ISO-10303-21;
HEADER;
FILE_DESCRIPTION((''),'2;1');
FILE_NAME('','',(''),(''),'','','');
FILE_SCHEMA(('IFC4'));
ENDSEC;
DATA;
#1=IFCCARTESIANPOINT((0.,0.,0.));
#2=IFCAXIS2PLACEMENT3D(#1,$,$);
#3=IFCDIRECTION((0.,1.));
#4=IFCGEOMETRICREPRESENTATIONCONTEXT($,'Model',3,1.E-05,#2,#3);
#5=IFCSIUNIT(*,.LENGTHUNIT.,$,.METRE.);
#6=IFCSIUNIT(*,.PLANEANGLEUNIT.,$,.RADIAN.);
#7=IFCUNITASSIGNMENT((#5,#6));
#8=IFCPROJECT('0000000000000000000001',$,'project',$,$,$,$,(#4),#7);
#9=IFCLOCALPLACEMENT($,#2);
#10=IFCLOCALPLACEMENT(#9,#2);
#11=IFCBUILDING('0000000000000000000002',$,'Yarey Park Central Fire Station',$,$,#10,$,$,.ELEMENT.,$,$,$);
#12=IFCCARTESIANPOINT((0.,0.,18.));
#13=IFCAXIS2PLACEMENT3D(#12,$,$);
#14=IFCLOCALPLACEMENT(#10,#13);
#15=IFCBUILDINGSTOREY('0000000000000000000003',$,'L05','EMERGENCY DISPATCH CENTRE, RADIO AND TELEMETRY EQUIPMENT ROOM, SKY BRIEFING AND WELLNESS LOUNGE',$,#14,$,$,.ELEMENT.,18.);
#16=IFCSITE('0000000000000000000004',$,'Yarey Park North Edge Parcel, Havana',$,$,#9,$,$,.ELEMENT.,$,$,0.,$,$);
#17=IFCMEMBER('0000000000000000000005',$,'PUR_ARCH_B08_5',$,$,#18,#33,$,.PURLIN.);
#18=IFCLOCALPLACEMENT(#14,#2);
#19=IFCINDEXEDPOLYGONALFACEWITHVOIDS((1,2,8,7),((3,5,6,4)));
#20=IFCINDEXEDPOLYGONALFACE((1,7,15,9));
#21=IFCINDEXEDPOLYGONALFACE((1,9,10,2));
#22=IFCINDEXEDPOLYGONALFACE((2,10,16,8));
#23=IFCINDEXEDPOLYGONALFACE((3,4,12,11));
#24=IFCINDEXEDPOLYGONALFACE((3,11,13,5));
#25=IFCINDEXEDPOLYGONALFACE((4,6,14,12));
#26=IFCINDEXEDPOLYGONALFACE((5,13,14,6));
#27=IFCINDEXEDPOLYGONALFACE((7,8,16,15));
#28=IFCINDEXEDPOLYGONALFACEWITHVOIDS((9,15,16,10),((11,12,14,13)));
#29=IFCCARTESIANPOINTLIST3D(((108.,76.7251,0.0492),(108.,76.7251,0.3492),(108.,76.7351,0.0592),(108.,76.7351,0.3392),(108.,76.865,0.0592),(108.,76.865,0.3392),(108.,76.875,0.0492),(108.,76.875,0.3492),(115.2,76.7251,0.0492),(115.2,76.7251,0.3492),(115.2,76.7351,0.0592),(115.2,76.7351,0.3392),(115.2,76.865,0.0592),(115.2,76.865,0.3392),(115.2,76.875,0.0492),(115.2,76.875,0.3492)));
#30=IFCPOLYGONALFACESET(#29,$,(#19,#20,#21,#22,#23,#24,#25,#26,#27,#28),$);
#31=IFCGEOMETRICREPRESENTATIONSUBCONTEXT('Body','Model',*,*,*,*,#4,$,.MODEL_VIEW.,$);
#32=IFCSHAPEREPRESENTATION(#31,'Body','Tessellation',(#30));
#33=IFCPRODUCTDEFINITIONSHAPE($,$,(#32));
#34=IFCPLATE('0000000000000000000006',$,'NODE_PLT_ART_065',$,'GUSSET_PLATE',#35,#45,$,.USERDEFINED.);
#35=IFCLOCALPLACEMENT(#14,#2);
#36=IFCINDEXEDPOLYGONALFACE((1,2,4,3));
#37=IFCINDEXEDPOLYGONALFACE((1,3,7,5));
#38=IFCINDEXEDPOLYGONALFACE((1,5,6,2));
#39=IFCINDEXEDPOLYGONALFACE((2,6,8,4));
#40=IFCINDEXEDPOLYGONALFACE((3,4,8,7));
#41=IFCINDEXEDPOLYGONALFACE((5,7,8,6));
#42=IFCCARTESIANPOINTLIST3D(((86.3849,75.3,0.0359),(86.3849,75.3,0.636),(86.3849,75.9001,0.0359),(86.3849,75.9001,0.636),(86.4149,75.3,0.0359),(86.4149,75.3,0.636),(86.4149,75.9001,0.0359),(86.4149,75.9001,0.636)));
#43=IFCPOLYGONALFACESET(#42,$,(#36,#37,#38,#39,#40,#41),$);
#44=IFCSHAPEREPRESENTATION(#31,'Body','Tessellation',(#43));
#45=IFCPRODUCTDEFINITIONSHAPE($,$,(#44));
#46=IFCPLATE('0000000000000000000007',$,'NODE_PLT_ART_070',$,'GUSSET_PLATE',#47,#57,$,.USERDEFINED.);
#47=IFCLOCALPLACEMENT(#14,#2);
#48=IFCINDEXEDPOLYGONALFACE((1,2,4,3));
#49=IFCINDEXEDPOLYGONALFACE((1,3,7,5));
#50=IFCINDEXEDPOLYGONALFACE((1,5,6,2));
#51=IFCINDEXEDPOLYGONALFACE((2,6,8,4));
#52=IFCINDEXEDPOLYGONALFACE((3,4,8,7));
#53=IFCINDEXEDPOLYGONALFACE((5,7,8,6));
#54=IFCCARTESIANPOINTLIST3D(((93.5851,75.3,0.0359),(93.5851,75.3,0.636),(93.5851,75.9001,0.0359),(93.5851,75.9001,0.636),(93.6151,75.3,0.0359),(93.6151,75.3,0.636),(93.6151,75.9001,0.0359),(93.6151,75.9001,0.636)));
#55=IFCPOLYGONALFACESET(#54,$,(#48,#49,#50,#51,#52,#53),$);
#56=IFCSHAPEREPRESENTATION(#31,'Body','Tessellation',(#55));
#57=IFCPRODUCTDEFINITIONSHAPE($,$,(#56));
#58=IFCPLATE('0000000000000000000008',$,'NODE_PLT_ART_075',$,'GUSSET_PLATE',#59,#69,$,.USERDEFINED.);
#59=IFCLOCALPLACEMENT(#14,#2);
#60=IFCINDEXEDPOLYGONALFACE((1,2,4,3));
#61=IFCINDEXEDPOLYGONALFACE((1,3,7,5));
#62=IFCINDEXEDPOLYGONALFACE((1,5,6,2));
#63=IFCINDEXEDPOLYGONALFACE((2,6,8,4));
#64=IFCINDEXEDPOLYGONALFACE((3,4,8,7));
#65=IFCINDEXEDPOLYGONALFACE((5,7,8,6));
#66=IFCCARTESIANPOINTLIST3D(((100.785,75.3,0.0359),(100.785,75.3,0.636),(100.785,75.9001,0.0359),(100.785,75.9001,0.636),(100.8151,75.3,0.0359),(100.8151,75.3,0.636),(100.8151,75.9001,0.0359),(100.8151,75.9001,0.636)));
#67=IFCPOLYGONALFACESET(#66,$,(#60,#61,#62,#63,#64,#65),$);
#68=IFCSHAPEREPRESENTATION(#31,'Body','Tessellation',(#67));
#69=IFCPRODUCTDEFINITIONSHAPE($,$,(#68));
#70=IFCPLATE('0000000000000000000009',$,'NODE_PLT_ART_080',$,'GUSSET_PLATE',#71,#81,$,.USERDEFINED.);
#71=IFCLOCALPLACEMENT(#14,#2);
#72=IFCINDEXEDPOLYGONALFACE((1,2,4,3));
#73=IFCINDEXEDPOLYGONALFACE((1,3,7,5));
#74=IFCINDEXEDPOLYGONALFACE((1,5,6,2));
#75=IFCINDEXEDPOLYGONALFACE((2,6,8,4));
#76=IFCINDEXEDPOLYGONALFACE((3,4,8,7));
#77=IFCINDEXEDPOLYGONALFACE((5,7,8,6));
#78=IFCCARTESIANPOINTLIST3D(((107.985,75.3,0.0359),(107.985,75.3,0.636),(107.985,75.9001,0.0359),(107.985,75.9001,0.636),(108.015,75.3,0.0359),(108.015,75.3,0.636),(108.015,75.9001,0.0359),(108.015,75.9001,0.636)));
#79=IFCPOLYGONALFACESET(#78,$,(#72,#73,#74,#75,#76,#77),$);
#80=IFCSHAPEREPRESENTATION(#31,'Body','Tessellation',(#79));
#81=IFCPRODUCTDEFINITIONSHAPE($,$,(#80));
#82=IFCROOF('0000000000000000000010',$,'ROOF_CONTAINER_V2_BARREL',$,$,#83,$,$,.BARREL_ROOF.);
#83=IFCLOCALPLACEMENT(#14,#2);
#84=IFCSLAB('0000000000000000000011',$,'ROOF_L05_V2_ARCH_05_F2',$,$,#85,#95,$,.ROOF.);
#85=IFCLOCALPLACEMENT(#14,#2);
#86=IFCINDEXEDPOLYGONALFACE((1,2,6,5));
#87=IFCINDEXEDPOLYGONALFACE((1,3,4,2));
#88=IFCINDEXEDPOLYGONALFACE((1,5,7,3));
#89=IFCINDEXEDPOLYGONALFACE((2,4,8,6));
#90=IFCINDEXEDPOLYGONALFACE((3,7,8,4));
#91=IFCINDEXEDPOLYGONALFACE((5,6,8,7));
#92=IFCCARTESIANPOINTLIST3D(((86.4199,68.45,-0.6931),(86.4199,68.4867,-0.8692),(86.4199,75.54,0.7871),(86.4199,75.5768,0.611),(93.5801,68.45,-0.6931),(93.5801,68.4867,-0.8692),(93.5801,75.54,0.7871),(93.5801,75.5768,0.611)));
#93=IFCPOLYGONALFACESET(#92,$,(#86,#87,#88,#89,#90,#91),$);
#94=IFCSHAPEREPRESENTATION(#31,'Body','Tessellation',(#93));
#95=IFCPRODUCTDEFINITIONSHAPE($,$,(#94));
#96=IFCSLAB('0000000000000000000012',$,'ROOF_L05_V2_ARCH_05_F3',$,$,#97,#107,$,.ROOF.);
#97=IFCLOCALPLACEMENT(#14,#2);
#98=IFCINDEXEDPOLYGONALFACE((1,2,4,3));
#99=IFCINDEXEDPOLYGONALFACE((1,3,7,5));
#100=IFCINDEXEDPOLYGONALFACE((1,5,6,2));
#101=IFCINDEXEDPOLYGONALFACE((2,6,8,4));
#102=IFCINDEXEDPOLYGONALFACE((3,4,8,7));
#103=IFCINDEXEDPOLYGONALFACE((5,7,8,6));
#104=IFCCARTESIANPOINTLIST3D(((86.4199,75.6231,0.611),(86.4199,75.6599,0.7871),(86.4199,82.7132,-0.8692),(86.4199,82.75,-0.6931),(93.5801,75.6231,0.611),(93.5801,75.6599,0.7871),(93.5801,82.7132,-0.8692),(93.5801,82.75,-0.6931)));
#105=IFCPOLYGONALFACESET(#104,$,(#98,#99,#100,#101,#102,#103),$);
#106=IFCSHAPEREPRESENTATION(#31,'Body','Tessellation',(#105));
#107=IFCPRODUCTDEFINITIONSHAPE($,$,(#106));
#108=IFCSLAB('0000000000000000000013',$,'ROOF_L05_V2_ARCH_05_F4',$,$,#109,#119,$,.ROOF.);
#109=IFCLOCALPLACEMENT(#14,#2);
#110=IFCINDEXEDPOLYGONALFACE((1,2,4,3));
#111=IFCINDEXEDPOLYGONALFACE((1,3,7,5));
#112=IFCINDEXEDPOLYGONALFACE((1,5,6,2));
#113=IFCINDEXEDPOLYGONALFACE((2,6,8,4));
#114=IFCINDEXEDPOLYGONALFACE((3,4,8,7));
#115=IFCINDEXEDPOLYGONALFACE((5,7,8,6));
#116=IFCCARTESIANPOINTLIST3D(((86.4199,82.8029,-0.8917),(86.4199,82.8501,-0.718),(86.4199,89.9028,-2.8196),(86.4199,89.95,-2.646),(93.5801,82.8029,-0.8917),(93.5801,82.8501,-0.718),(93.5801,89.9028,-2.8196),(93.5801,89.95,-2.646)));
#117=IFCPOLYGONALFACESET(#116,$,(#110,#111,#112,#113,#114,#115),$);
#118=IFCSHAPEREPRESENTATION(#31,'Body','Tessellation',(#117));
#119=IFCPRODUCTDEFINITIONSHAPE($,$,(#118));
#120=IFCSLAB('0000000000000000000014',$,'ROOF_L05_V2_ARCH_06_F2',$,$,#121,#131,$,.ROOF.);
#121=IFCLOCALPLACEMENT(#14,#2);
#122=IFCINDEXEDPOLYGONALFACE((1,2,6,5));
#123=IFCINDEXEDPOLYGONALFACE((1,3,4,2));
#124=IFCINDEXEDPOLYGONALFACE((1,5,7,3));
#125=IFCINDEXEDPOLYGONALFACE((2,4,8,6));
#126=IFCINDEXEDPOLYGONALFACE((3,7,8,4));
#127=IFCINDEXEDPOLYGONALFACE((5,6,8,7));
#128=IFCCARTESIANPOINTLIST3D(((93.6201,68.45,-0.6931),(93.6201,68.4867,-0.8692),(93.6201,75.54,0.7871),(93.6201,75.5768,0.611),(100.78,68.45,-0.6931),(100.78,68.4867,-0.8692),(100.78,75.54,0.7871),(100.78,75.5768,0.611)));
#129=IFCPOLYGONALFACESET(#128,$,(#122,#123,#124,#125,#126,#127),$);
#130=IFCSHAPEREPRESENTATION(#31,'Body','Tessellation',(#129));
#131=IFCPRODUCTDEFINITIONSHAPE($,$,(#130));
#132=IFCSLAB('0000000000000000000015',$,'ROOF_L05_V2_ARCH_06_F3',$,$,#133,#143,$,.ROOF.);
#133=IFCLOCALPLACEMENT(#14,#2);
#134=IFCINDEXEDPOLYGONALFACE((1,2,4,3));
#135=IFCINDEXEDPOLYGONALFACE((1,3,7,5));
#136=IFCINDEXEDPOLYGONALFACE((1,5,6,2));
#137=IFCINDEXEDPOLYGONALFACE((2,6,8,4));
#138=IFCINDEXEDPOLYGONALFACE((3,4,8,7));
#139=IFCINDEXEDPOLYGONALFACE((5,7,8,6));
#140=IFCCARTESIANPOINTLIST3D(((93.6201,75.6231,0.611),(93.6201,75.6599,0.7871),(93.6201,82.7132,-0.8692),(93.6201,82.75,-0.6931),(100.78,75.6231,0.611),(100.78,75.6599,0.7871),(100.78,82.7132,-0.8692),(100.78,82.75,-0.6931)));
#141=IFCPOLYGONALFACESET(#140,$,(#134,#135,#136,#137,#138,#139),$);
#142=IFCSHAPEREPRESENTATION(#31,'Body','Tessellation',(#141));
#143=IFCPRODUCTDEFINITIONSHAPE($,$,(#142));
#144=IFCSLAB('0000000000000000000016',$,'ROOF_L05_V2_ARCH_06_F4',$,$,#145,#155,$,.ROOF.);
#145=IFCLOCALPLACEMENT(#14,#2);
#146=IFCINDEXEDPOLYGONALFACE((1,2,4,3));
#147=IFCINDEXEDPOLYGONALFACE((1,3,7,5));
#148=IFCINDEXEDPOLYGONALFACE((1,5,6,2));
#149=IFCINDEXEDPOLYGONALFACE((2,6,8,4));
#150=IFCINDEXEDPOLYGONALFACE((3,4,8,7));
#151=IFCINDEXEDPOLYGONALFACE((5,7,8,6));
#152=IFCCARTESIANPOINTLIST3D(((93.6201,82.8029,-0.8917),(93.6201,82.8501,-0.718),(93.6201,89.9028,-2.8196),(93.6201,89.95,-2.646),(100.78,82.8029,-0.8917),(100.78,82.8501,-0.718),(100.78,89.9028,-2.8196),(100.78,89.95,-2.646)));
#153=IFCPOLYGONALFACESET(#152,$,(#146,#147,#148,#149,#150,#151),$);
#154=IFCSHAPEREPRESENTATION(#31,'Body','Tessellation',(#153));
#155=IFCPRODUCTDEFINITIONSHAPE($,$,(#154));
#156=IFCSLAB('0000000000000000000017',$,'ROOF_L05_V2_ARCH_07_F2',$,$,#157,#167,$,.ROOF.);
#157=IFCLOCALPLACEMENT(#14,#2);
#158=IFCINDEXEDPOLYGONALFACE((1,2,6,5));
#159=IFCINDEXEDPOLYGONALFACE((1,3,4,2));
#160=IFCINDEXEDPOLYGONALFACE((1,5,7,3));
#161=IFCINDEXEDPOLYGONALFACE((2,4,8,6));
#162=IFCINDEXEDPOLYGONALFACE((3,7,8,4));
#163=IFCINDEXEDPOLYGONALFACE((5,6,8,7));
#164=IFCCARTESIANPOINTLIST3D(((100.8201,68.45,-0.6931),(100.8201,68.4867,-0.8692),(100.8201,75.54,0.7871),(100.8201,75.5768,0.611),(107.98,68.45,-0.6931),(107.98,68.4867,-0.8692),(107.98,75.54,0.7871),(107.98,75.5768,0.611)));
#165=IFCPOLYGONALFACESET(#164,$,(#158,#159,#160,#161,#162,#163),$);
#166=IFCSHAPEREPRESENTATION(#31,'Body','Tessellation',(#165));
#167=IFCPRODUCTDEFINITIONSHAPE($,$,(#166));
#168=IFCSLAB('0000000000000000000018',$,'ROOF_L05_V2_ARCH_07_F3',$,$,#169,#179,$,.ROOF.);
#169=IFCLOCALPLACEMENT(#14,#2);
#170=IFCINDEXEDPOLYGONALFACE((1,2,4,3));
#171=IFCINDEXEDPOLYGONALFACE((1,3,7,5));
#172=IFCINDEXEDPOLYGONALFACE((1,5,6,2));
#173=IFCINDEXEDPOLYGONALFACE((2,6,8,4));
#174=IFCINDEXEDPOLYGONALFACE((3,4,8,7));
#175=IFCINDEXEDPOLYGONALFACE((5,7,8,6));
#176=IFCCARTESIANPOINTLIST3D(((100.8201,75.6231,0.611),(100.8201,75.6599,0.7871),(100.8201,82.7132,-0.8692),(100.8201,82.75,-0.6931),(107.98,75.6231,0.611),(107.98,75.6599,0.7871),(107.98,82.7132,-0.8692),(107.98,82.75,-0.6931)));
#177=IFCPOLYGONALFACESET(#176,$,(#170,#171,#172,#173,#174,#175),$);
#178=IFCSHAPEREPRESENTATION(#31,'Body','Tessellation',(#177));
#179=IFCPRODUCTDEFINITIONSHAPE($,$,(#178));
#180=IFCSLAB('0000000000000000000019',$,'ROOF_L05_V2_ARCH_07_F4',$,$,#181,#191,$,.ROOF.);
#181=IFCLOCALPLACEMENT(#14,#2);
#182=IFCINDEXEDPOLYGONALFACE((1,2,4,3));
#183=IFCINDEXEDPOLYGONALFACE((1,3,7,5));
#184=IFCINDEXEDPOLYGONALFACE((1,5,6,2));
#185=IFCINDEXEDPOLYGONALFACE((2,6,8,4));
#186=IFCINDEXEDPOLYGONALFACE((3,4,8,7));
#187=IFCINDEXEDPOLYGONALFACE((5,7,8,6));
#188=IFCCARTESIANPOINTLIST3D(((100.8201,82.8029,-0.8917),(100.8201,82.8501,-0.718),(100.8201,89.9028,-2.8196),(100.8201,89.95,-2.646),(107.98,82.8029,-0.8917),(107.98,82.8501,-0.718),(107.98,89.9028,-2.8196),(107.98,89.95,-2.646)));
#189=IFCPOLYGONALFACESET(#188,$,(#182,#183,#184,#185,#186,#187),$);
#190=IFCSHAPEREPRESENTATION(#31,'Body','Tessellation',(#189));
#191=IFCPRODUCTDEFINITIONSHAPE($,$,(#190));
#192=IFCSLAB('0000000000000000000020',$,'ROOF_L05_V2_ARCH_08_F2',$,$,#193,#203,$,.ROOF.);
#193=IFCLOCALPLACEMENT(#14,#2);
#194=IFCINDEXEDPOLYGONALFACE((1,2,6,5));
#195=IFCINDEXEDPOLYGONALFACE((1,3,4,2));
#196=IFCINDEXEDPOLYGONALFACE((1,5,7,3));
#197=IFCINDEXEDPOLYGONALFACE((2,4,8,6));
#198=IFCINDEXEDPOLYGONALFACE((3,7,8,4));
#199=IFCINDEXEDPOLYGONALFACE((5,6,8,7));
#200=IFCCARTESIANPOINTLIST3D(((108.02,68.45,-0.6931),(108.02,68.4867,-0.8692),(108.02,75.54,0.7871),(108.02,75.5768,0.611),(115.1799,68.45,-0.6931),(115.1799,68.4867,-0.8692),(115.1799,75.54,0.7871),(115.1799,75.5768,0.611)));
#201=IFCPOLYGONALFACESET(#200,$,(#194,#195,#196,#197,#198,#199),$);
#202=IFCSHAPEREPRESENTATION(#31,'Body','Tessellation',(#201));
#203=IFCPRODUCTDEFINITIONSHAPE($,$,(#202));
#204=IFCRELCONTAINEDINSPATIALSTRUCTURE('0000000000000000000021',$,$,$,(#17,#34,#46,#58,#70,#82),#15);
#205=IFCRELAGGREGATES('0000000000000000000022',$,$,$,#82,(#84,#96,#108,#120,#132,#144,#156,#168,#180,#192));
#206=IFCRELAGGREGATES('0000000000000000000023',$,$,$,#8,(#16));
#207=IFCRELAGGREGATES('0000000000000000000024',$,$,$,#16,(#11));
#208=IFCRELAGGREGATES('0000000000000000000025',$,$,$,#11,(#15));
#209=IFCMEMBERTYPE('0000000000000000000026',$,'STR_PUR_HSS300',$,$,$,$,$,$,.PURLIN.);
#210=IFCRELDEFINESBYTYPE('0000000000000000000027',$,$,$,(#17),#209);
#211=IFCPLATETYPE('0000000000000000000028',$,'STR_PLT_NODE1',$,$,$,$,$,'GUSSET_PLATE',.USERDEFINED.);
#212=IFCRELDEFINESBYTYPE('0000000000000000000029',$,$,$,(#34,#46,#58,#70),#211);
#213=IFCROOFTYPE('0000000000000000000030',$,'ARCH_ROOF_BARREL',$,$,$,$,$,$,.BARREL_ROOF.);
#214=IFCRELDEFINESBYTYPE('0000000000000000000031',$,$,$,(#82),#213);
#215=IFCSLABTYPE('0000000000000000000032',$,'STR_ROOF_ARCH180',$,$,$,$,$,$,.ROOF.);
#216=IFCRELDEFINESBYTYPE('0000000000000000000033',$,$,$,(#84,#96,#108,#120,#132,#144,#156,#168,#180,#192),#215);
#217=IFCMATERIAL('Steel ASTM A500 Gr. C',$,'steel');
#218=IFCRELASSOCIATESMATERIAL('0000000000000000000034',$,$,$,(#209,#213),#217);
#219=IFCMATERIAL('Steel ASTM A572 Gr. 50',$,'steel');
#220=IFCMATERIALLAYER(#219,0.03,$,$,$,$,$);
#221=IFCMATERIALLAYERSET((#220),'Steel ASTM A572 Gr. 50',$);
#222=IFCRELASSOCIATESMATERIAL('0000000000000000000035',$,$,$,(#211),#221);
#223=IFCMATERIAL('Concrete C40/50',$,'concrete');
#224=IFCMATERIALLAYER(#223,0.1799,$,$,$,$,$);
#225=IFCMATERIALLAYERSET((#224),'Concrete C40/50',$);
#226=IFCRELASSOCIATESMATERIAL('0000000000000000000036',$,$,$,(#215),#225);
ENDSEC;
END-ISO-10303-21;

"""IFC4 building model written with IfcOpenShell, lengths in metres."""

from ifc_helpers import new_model, si_unit, direction, frame, origin, origin_2d, place, context, subcontext, project, spatial, polyline, rectangle, hollow_rectangle, outline, extrude, material, layer, layer_set, material_profile, profile_set, type_object, element, aggregate, save


model = new_model("IFC4")

# Units and contexts
model_context = context("Model", 3, precision=1e-05, world=origin(), true_north=direction((0.0, 1.0)))
body_context = subcontext(model_context, "Body", "Model", "MODEL_VIEW")
ifc_project = project(units=[si_unit("LENGTHUNIT", "METRE"), si_unit("PLANEANGLEUNIT", "RADIAN")], contexts=[model_context])

# Site, building, storey
site_placement = place(None, origin())
site = spatial("IfcSite", under=ifc_project, at=site_placement, Name="Yarey Park North Edge Parcel, Havana", CompositionType="ELEMENT", RefElevation=0.0)
building_placement = place(site_placement, origin())
building = spatial("IfcBuilding", under=site, at=building_placement, Name="Yarey Park Central Fire Station", CompositionType="ELEMENT")
storey_placement = place(building_placement, frame((0.0, 0.0, 18.0)))
storey = spatial("IfcBuildingStorey", under=building, at=storey_placement, Name="L05", Description="EMERGENCY DISPATCH CENTRE, RADIO AND TELEMETRY EQUIPMENT ROOM, SKY BRIEFING AND WELLNESS LOUNGE", CompositionType="ELEMENT", Elevation=18.0)

# Shared definitions
ifc_material_1 = material(Name="Concrete C40/50", Category="concrete")

# Member
ifc_material_2 = material(Name="Steel ASTM A500 Gr. C", Category="steel")
ifc_material_profile_1 = material_profile(ifc_material_2, hollow_rectangle(XDim=0.1499, YDim=0.3, WallThickness=0.01, at=origin_2d()), Name="HSS 300x150x10")
ifc_profile_set_1 = profile_set([ifc_material_profile_1], Name="Steel ASTM A500 Gr. C")
member_type_1 = type_object("IfcMemberType", Name="STR_PUR_HSS300", PredefinedType="PURLIN", material=ifc_profile_set_1)
for number, where, z_axis, x_axis, name in (
    (1, (108.0, 76.8, 0.1992), (1.0, 0.0, 0.0), (0.0, 1.0, 0.0), "PUR_ARCH_B08_5"),
):
    element("IfcMember", number, at=place(storey_placement, frame(where, z_axis=z_axis, x_axis=x_axis)), inside=storey, type_object=member_type_1, Name=name, PredefinedType="PURLIN", context=body_context, shape_type="SweptSolid", body=[
        extrude(hollow_rectangle(XDim=0.1499, YDim=0.3, WallThickness=0.01, at=origin_2d()), origin(), (0.0, 0.0, 1.0), 7.2),
    ])

# Plates
ifc_material_3 = material(Name="Steel ASTM A572 Gr. 50", Category="steel")
ifc_layer_1 = layer(ifc_material_3, 0.03)
ifc_layer_set_1 = layer_set([ifc_layer_1], Name="Steel ASTM A572 Gr. 50")
plate_type = type_object("IfcPlateType", Name="STR_PLT_NODE1", ElementType="GUSSET_PLATE", PredefinedType="USERDEFINED", material=ifc_layer_set_1)
for number, where, z_axis, x_axis, name in (
    (2, (86.3999, 75.6001, 0.0359), (0.0, 0.0, 1.0), (1.0, 0.0, 0.0), "NODE_PLT_ART_065"),
    (3, (93.6001, 75.6001, 0.0359), (0.0, 0.0, 1.0), (1.0, 0.0, 0.0), "NODE_PLT_ART_070"),
    (4, (100.8, 75.6001, 0.0359), (0.0, 0.0, 1.0), (1.0, 0.0, 0.0), "NODE_PLT_ART_075"),
    (5, (108.0, 75.6001, 0.0359), (0.0, 0.0, 1.0), (1.0, 0.0, 0.0), "NODE_PLT_ART_080"),
):
    element("IfcPlate", number, at=place(storey_placement, frame(where, z_axis=z_axis, x_axis=x_axis)), inside=storey, type_object=plate_type, Name=name, ObjectType="GUSSET_PLATE", PredefinedType="USERDEFINED", context=body_context, shape_type="SweptSolid", body=[
        extrude(rectangle(XDim=0.03, YDim=0.6001, at=origin_2d()), origin(), (0.0, 0.0, 1.0), 0.6001),
    ])

# Roof, slabs
roof_type = type_object("IfcRoofType", Name="ARCH_ROOF_BARREL", PredefinedType="BARREL_ROOF", material=ifc_material_2)
roof_placement = place(storey_placement, origin())
roof = element("IfcRoof", 6, at=roof_placement, inside=storey, type_object=roof_type, Name="ROOF_CONTAINER_V2_BARREL", PredefinedType="BARREL_ROOF")
ifc_layer_2 = layer(ifc_material_1, 0.1799)
ifc_layer_set_2 = layer_set([ifc_layer_2], Name="Concrete C40/50")
slab_type = type_object("IfcSlabType", Name="STR_ROOF_ARCH180", PredefinedType="ROOF", material=ifc_layer_set_2)
slab_1_placement = place(storey_placement, frame((86.4199, 68.45, -0.6931), z_axis=(0.0, -0.204367, 0.978894), x_axis=(1.0, 0.0, 0.0)))
slab_1 = element("IfcSlab", 7, at=slab_1_placement, type_object=slab_type, Name="ROOF_L05_V2_ARCH_05_F2", PredefinedType="ROOF", context=body_context, shape_type="SweptSolid", body=[
    extrude(outline(polyline([(0.0, 0.0), (7.1602, 0.0), (7.1602, 7.243), (0.0, 7.243), (0.0, 0.0)])), origin(), (0.0, 0.0, -1.0), 0.1799),
])
slab_2_placement = place(storey_placement, frame((86.4199, 75.6599, 0.7871), z_axis=(0.0, 0.204367, 0.978894), x_axis=(1.0, 0.0, 0.0)))
slab_2 = element("IfcSlab", 8, at=slab_2_placement, type_object=slab_type, Name="ROOF_L05_V2_ARCH_05_F3", PredefinedType="ROOF", context=body_context, shape_type="SweptSolid", body=[
    extrude(outline(polyline([(0.0, 0.0), (7.1602, 0.0), (7.1602, 7.243), (0.0, 7.243), (0.0, 0.0)])), origin(), (0.0, 0.0, -1.0), 0.1799),
])
slab_3_placement = place(storey_placement, frame((86.4199, 82.8501, -0.718), z_axis=(0.0, 0.262061, 0.965051), x_axis=(1.0, 0.0, 0.0)))
slab_3 = element("IfcSlab", 9, at=slab_3_placement, type_object=slab_type, Name="ROOF_L05_V2_ARCH_05_F4", PredefinedType="ROOF", context=body_context, shape_type="SweptSolid", body=[
    extrude(outline(polyline([(0.0, 0.0), (7.1602, 0.0), (7.1602, 7.357), (0.0, 7.357), (0.0, 0.0)])), origin(), (0.0, 0.0, -1.0), 0.1799),
])
slab_4_placement = place(storey_placement, frame((93.6201, 68.45, -0.6931), z_axis=(0.0, -0.204367, 0.978894), x_axis=(1.0, 0.0, 0.0)))
slab_4 = element("IfcSlab", 10, at=slab_4_placement, type_object=slab_type, Name="ROOF_L05_V2_ARCH_06_F2", PredefinedType="ROOF", context=body_context, shape_type="SweptSolid", body=[
    extrude(outline(polyline([(0.0, 0.0), (7.1599, 0.0), (7.1599, 7.243), (0.0, 7.243), (0.0, 0.0)])), origin(), (0.0, 0.0, -1.0), 0.1799),
])
slab_5_placement = place(storey_placement, frame((93.6201, 75.6599, 0.7871), z_axis=(0.0, 0.204367, 0.978894), x_axis=(1.0, 0.0, 0.0)))
slab_5 = element("IfcSlab", 11, at=slab_5_placement, type_object=slab_type, Name="ROOF_L05_V2_ARCH_06_F3", PredefinedType="ROOF", context=body_context, shape_type="SweptSolid", body=[
    extrude(outline(polyline([(0.0, 0.0), (7.1599, 0.0), (7.1599, 7.243), (0.0, 7.243), (0.0, 0.0)])), origin(), (0.0, 0.0, -1.0), 0.1799),
])
slab_6_placement = place(storey_placement, frame((93.6201, 82.8501, -0.718), z_axis=(0.0, 0.262061, 0.965051), x_axis=(1.0, 0.0, 0.0)))
slab_6 = element("IfcSlab", 12, at=slab_6_placement, type_object=slab_type, Name="ROOF_L05_V2_ARCH_06_F4", PredefinedType="ROOF", context=body_context, shape_type="SweptSolid", body=[
    extrude(outline(polyline([(0.0, 0.0), (7.1599, 0.0), (7.1599, 7.357), (0.0, 7.357), (0.0, 0.0)])), origin(), (0.0, 0.0, -1.0), 0.1799),
])
slab_7_placement = place(storey_placement, frame((100.8201, 68.45, -0.6931), z_axis=(0.0, -0.204367, 0.978894), x_axis=(1.0, 0.0, 0.0)))
slab_7 = element("IfcSlab", 13, at=slab_7_placement, type_object=slab_type, Name="ROOF_L05_V2_ARCH_07_F2", PredefinedType="ROOF", context=body_context, shape_type="SweptSolid", body=[
    extrude(outline(polyline([(0.0, 0.0), (7.1599, 0.0), (7.1599, 7.243), (0.0, 7.243), (0.0, 0.0)])), origin(), (0.0, 0.0, -1.0), 0.1799),
])
slab_8_placement = place(storey_placement, frame((100.8201, 75.6599, 0.7871), z_axis=(0.0, 0.204367, 0.978894), x_axis=(1.0, 0.0, 0.0)))
slab_8 = element("IfcSlab", 14, at=slab_8_placement, type_object=slab_type, Name="ROOF_L05_V2_ARCH_07_F3", PredefinedType="ROOF", context=body_context, shape_type="SweptSolid", body=[
    extrude(outline(polyline([(0.0, 0.0), (7.1599, 0.0), (7.1599, 7.243), (0.0, 7.243), (0.0, 0.0)])), origin(), (0.0, 0.0, -1.0), 0.1799),
])
slab_9_placement = place(storey_placement, frame((100.8201, 82.8501, -0.718), z_axis=(0.0, 0.262061, 0.965051), x_axis=(1.0, 0.0, 0.0)))
slab_9 = element("IfcSlab", 15, at=slab_9_placement, type_object=slab_type, Name="ROOF_L05_V2_ARCH_07_F4", PredefinedType="ROOF", context=body_context, shape_type="SweptSolid", body=[
    extrude(outline(polyline([(0.0, 0.0), (7.1599, 0.0), (7.1599, 7.357), (0.0, 7.357), (0.0, 0.0)])), origin(), (0.0, 0.0, -1.0), 0.1799),
])
slab_10_placement = place(storey_placement, frame((108.02, 68.45, -0.6931), z_axis=(0.0, -0.204367, 0.978894), x_axis=(1.0, 0.0, 0.0)))
slab_10 = element("IfcSlab", 16, at=slab_10_placement, type_object=slab_type, Name="ROOF_L05_V2_ARCH_08_F2", PredefinedType="ROOF", context=body_context, shape_type="SweptSolid", body=[
    extrude(outline(polyline([(0.0, 0.0), (7.1599, 0.0), (7.1599, 7.243), (0.0, 7.243), (0.0, 0.0)])), origin(), (0.0, 0.0, -1.0), 0.1799),
])
aggregate(roof, [slab_1, slab_2, slab_3, slab_4, slab_5, slab_6, slab_7, slab_8, slab_9, slab_10])

save(model, "model.ifc")
